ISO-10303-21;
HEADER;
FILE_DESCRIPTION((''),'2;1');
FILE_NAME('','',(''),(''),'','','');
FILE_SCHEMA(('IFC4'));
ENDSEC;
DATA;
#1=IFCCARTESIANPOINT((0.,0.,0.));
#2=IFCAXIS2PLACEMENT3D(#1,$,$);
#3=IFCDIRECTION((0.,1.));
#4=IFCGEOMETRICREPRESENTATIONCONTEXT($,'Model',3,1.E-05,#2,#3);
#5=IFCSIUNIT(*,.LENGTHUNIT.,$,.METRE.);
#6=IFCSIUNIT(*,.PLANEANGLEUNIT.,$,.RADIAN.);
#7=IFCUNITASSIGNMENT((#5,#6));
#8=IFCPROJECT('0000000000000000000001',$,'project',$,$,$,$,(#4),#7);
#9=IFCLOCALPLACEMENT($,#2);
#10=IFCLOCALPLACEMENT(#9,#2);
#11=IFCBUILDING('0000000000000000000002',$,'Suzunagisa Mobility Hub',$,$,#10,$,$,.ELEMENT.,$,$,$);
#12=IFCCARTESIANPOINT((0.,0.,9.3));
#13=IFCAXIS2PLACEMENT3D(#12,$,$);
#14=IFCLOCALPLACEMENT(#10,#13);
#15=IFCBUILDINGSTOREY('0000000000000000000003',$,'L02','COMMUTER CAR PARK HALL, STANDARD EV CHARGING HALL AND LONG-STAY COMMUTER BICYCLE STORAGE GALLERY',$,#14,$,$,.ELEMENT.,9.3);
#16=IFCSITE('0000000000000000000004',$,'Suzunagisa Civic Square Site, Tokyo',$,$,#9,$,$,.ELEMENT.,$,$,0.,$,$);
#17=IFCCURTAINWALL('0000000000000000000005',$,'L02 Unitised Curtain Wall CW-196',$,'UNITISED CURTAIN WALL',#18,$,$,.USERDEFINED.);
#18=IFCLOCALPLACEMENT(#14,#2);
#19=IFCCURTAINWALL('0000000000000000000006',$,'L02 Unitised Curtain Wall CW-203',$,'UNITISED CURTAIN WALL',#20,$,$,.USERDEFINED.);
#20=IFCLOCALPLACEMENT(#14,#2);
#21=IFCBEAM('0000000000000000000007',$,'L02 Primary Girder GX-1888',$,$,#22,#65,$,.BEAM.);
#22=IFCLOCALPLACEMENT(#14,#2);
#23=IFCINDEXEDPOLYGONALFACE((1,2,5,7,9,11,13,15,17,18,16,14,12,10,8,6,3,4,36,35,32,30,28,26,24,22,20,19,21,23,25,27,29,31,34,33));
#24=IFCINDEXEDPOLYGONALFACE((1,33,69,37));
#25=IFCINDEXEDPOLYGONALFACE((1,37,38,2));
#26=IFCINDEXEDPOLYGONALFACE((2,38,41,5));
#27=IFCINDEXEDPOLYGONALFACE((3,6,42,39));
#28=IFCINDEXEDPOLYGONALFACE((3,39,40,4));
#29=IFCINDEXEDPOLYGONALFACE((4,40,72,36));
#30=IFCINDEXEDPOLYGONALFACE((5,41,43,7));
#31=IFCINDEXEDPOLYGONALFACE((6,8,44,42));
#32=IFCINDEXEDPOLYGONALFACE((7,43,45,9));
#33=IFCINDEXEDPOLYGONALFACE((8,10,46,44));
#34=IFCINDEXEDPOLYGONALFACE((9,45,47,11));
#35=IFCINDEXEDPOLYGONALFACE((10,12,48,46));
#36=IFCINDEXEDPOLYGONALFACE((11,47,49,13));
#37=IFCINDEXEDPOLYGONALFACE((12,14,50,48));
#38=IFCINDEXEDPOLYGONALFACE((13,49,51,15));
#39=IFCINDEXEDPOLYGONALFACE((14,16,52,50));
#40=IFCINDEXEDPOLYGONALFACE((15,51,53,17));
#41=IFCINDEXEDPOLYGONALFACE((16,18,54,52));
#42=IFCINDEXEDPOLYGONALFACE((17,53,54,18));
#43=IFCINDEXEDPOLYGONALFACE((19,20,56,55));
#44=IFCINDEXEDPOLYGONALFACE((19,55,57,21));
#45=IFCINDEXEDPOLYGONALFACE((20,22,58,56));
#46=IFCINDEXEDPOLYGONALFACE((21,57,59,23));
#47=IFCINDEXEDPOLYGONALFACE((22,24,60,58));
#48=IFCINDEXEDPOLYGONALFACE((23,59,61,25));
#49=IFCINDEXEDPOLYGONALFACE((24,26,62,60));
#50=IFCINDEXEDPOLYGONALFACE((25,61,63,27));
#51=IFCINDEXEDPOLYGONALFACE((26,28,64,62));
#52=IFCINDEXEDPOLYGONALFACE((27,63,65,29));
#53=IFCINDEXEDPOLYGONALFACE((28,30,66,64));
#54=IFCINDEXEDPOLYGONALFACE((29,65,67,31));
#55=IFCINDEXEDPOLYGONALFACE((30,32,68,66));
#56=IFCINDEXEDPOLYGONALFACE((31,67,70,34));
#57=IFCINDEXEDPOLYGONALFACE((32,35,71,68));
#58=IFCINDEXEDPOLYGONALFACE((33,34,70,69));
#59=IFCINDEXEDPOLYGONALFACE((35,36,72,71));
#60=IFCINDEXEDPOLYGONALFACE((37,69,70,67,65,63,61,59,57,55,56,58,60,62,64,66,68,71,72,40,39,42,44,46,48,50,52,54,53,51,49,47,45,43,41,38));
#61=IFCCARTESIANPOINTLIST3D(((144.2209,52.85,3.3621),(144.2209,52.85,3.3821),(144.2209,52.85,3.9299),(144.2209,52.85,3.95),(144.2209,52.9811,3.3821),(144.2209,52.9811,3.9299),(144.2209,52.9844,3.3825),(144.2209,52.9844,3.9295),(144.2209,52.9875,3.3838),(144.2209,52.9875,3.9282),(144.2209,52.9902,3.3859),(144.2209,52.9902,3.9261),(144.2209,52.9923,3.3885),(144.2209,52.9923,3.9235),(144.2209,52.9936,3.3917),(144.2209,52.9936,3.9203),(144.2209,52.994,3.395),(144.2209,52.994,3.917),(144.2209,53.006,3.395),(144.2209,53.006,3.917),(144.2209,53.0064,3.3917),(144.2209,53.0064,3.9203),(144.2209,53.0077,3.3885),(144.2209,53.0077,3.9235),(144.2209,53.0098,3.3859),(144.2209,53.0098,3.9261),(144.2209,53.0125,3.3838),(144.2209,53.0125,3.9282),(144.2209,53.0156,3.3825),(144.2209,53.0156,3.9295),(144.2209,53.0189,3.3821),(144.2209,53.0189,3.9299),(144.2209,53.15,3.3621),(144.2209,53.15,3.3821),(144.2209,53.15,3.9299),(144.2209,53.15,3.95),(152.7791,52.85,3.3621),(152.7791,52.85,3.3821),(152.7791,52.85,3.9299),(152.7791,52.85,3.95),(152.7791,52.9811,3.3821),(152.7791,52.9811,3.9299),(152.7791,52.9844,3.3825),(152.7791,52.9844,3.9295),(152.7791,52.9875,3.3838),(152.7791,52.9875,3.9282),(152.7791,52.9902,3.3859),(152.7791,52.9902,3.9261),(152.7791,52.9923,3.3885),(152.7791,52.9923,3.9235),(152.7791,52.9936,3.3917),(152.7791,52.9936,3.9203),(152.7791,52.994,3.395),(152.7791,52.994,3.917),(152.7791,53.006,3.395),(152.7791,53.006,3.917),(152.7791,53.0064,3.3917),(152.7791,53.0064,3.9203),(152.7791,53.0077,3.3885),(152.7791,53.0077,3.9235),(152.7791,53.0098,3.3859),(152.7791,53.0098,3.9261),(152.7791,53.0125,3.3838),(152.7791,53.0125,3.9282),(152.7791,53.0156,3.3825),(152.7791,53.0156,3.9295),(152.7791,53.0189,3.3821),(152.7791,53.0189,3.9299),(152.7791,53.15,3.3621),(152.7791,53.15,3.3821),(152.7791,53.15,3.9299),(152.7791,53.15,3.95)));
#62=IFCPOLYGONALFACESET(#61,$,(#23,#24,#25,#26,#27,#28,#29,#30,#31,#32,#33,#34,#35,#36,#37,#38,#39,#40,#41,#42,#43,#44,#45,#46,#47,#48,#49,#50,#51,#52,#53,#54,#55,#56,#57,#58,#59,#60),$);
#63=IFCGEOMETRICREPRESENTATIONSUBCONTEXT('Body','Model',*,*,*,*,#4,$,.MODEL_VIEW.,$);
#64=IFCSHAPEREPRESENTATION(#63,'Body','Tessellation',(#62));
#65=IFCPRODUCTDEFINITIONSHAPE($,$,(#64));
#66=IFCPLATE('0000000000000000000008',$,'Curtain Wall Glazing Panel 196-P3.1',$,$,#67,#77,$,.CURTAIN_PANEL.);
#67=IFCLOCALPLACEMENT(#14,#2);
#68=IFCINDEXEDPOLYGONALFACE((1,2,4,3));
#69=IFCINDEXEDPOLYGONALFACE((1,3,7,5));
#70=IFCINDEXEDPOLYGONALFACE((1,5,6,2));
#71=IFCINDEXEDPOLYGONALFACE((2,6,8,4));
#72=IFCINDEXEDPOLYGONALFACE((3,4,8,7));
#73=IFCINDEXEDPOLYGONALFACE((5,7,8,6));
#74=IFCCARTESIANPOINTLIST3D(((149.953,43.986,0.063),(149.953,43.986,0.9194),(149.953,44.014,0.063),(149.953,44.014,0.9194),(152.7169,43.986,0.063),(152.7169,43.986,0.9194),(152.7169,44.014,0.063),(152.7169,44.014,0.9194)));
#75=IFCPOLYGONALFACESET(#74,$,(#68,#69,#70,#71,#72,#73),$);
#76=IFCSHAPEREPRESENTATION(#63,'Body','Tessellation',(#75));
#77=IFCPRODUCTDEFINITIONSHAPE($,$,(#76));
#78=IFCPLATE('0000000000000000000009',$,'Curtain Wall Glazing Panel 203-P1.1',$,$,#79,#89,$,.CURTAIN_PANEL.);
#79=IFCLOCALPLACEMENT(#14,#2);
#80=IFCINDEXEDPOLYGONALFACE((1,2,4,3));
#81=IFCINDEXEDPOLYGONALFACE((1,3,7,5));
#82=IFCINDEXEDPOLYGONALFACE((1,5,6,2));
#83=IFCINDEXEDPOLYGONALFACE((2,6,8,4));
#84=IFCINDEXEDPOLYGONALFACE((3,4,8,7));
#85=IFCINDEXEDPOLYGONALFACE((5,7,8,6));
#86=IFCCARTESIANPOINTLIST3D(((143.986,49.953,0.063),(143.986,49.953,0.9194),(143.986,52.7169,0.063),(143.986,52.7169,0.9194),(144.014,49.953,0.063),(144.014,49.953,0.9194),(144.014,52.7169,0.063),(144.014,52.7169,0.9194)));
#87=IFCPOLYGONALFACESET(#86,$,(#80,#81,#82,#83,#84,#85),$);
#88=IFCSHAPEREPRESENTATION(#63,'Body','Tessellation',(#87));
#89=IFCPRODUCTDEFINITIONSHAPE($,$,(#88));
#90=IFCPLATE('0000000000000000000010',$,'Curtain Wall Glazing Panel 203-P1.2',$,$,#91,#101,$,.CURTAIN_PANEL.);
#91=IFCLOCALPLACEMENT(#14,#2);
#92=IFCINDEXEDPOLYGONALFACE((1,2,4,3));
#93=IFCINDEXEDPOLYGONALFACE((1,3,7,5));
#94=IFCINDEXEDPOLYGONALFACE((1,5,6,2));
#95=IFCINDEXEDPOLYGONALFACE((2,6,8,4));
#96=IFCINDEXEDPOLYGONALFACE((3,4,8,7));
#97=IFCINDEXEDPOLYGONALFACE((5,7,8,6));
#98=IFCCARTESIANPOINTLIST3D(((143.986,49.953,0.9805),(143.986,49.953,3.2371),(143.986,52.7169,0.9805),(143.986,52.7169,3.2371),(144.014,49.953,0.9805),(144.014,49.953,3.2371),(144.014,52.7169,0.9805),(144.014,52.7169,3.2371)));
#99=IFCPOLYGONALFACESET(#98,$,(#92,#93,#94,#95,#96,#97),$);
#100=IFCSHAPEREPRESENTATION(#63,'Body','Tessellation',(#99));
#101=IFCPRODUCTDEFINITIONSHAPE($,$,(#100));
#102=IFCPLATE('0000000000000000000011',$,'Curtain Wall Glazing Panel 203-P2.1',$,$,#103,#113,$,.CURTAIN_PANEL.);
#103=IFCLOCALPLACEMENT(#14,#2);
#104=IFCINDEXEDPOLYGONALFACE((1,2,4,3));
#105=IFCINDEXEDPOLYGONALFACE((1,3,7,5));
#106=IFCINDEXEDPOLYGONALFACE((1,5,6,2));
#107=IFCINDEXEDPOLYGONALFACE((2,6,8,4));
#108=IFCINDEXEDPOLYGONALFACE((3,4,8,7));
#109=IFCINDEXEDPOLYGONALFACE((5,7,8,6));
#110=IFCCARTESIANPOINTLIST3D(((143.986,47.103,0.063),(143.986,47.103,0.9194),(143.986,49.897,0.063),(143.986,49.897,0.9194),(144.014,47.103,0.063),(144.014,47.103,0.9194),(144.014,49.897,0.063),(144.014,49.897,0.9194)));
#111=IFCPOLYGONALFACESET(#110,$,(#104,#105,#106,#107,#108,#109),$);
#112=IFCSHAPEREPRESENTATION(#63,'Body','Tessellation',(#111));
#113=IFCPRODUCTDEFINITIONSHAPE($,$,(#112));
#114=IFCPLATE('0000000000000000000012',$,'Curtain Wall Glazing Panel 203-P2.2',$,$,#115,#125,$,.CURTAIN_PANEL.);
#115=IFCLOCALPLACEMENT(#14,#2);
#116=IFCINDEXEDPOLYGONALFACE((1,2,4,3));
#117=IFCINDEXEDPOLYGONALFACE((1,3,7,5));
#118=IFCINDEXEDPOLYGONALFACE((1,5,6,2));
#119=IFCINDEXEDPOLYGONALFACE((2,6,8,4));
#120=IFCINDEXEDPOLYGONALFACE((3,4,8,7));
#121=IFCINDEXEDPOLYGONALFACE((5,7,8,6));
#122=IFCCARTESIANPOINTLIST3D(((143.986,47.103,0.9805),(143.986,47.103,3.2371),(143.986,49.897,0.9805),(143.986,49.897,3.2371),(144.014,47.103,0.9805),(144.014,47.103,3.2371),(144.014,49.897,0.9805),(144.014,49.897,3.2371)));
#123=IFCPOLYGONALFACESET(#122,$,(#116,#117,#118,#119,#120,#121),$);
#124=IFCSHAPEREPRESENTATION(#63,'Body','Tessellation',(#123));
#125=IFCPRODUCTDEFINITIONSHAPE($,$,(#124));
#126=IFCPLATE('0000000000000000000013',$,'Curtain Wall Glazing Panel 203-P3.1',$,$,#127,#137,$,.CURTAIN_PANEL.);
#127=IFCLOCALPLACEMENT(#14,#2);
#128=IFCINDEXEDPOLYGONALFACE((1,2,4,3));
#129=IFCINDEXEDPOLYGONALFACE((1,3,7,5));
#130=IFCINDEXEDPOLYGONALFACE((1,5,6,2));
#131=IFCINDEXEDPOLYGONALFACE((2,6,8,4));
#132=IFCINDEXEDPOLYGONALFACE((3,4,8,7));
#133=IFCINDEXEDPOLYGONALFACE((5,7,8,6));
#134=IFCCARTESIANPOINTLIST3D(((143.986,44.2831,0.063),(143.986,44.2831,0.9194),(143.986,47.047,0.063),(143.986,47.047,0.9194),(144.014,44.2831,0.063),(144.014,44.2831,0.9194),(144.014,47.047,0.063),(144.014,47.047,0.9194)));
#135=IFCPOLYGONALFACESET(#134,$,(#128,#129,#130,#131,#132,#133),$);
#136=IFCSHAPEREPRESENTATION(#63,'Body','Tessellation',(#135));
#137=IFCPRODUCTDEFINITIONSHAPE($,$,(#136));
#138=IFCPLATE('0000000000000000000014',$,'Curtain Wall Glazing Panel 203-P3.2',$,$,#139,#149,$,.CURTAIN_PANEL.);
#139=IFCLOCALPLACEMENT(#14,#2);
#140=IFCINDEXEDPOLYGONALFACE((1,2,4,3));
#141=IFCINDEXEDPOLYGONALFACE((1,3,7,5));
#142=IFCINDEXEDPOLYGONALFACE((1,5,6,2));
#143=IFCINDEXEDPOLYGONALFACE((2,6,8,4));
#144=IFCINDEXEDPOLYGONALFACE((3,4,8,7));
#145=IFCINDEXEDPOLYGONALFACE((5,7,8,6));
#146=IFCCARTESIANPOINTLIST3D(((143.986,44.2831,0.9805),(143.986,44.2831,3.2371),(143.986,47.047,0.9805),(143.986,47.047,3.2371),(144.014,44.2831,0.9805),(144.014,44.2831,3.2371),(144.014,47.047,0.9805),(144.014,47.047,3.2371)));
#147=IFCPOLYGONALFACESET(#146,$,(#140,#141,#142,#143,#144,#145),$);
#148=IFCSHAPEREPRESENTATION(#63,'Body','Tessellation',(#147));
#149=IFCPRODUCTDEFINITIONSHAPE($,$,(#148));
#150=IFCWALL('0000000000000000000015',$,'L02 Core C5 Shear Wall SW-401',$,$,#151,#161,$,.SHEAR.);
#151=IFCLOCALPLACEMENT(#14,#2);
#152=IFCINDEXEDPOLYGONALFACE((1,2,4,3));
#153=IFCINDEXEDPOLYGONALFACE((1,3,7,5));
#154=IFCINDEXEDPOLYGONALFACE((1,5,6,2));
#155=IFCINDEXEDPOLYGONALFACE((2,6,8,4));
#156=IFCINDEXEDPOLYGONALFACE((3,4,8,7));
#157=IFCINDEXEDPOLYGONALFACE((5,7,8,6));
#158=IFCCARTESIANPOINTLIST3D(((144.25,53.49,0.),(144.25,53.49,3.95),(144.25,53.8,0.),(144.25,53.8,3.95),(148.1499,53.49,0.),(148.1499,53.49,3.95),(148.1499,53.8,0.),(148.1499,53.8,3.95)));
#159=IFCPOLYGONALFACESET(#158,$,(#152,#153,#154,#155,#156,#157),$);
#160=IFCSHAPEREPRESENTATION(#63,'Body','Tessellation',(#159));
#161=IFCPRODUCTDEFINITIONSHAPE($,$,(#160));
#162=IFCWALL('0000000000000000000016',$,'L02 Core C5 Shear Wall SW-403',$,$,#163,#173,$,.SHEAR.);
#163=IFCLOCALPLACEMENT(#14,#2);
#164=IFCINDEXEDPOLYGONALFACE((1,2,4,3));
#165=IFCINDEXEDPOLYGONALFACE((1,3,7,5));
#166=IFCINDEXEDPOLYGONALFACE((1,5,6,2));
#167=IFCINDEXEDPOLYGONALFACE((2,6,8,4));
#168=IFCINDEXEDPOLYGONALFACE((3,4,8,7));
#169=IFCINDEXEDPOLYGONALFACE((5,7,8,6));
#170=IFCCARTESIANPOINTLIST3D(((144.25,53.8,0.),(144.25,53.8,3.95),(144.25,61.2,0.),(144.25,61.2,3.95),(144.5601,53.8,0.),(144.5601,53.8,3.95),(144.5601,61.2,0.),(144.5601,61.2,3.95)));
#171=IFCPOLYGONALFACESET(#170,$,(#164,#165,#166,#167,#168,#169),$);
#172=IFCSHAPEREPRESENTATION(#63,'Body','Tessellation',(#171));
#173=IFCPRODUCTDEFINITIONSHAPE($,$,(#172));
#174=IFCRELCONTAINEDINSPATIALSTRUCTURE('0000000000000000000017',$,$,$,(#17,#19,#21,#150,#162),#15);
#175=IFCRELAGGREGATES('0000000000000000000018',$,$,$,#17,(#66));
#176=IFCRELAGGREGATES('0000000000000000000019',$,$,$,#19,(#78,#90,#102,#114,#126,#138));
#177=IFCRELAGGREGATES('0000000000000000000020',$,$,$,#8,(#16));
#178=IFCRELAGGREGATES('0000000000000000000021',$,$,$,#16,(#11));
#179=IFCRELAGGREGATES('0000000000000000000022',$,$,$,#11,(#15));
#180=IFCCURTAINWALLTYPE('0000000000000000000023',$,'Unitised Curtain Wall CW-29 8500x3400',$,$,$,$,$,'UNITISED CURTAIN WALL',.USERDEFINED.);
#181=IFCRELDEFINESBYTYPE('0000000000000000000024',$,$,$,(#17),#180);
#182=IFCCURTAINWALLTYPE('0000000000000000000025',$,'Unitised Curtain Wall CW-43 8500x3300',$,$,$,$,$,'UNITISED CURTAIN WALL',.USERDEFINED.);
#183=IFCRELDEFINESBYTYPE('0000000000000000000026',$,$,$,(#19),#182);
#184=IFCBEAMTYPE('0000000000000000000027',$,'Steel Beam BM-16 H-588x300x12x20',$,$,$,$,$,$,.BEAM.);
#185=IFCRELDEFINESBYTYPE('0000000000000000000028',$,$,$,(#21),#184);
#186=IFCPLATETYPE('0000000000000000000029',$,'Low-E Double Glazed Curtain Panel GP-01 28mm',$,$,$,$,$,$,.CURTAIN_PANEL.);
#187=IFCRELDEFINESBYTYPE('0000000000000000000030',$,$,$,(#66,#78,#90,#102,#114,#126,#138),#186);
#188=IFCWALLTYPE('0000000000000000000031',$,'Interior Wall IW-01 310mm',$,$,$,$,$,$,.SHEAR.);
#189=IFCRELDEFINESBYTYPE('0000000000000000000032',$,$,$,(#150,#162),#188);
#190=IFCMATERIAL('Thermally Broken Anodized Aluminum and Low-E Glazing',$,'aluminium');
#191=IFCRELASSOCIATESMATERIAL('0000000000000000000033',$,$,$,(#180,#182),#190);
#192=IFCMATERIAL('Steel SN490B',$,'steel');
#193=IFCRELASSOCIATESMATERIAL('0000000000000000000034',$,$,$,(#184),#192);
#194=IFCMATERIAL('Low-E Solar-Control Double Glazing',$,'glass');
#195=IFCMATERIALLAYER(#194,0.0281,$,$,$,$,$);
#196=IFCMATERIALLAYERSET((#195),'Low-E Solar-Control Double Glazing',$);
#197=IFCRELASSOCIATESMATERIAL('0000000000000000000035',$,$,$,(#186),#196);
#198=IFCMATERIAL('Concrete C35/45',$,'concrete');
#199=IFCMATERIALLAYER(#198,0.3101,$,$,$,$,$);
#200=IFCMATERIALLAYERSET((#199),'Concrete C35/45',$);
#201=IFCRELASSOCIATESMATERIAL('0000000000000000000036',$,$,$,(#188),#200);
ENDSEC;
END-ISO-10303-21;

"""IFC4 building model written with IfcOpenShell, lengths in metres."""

from ifc_helpers import new_model, si_unit, direction, frame, frame_2d, origin, origin_2d, place, context, subcontext, project, spatial, rectangle, i_section, extrude, material, layer, layer_set, material_profile, profile_set, type_object, element, aggregate, save


model = new_model("IFC4")

# Units and contexts
model_context = context("Model", 3, precision=1e-05, world=origin(), true_north=direction((0.0, 1.0)))
body_context = subcontext(model_context, "Body", "Model", "MODEL_VIEW")
ifc_project = project(units=[si_unit("LENGTHUNIT", "METRE"), si_unit("PLANEANGLEUNIT", "RADIAN")], contexts=[model_context])

# Site, building, storey
site_placement = place(None, origin())
site = spatial("IfcSite", under=ifc_project, at=site_placement, Name="Suzunagisa Civic Square Site, Tokyo", CompositionType="ELEMENT", RefElevation=0.0)
building_placement = place(site_placement, origin())
building = spatial("IfcBuilding", under=site, at=building_placement, Name="Suzunagisa Mobility Hub", CompositionType="ELEMENT")
storey_placement = place(building_placement, frame((0.0, 0.0, 9.3)))
storey = spatial("IfcBuildingStorey", under=building, at=storey_placement, Name="L02", Description="COMMUTER CAR PARK HALL, STANDARD EV CHARGING HALL AND LONG-STAY COMMUTER BICYCLE STORAGE GALLERY", CompositionType="ELEMENT", Elevation=9.3)

# Shared definitions
ifc_material_1 = material(Name="Steel SN490B", Category="steel")

# Curtain walls
ifc_material_2 = material(Name="Thermally Broken Anodized Aluminum and Low-E Glazing", Category="aluminium")
curtain_wall_type_1 = type_object("IfcCurtainWallType", Name="Unitised Curtain Wall CW-29 8500x3400", ElementType="UNITISED CURTAIN WALL", PredefinedType="USERDEFINED", material=ifc_material_2)
curtain_wall_1_placement = place(storey_placement, origin())
curtain_wall_1 = element("IfcCurtainWall", 1, at=curtain_wall_1_placement, inside=storey, type_object=curtain_wall_type_1, Name="L02 Unitised Curtain Wall CW-196", ObjectType="UNITISED CURTAIN WALL", PredefinedType="USERDEFINED")
curtain_wall_type_2 = type_object("IfcCurtainWallType", Name="Unitised Curtain Wall CW-43 8500x3300", ElementType="UNITISED CURTAIN WALL", PredefinedType="USERDEFINED", material=ifc_material_2)
curtain_wall_2_placement = place(storey_placement, origin())
curtain_wall_2 = element("IfcCurtainWall", 2, at=curtain_wall_2_placement, inside=storey, type_object=curtain_wall_type_2, Name="L02 Unitised Curtain Wall CW-203", ObjectType="UNITISED CURTAIN WALL", PredefinedType="USERDEFINED")

# Beam
ifc_material_profile_1 = material_profile(ifc_material_1, i_section(OverallWidth=0.3, OverallDepth=0.5879, WebThickness=0.012, FlangeThickness=0.02, FilletRadius=0.0129, at=origin_2d()), Name="H-588x300x12x20")
ifc_profile_set_1 = profile_set([ifc_material_profile_1], Name="Steel SN490B")
beam_type_1 = type_object("IfcBeamType", Name="Steel Beam BM-16 H-588x300x12x20", PredefinedType="BEAM", material=ifc_profile_set_1)
beam_1_placement = place(storey_placement, frame((144.2209, 53.0, 3.656), z_axis=(1.0, 0.0, 0.0), x_axis=(0.0, 1.0, 0.0)))
element("IfcBeam", 3, at=beam_1_placement, inside=storey, type_object=beam_type_1, Name="L02 Primary Girder GX-1888", PredefinedType="BEAM", context=body_context, shape_type="SweptSolid", body=[
    extrude(i_section(OverallWidth=0.3, OverallDepth=0.5879, WebThickness=0.012, FlangeThickness=0.02, FilletRadius=0.0129, at=origin_2d()), origin(), (0.0, 0.0, 1.0), 8.5581),
])

# Plates
ifc_material_3 = material(Name="Low-E Solar-Control Double Glazing", Category="glass")
ifc_layer_1 = layer(ifc_material_3, 0.0281)
ifc_layer_set_1 = layer_set([ifc_layer_1], Name="Low-E Solar-Control Double Glazing")
plate_type = type_object("IfcPlateType", Name="Low-E Double Glazed Curtain Panel GP-01 28mm", PredefinedType="CURTAIN_PANEL", material=ifc_layer_set_1)
plate_1_placement = place(storey_placement, frame((151.335, 44.0, 0.063), z_axis=(0.0, 0.0, 1.0), x_axis=(1.0, 0.0, 0.0)))
plate_1 = element("IfcPlate", 4, at=plate_1_placement, type_object=plate_type, Name="Curtain Wall Glazing Panel 196-P3.1", PredefinedType="CURTAIN_PANEL", context=body_context, shape_type="SweptSolid", body=[
    extrude(rectangle(XDim=2.7639, YDim=0.0281, at=origin_2d()), origin(), (0.0, 0.0, 1.0), 0.8564),
])
aggregate(curtain_wall_1, [plate_1])
plate_2_placement = place(storey_placement, frame((144.0, 51.335, 0.063), z_axis=(0.0, 0.0, 1.0), x_axis=(0.0, -1.0, 0.0)))
plate_2 = element("IfcPlate", 5, at=plate_2_placement, type_object=plate_type, Name="Curtain Wall Glazing Panel 203-P1.1", PredefinedType="CURTAIN_PANEL", context=body_context, shape_type="SweptSolid", body=[
    extrude(rectangle(XDim=2.7639, YDim=0.0281, at=origin_2d()), origin(), (0.0, 0.0, 1.0), 0.8564),
])
plate_3_placement = place(storey_placement, frame((144.0, 51.335, 0.9805), z_axis=(0.0, 0.0, 1.0), x_axis=(0.0, -1.0, 0.0)))
plate_3 = element("IfcPlate", 6, at=plate_3_placement, type_object=plate_type, Name="Curtain Wall Glazing Panel 203-P1.2", PredefinedType="CURTAIN_PANEL", context=body_context, shape_type="SweptSolid", body=[
    extrude(rectangle(XDim=2.7639, YDim=0.0281, at=origin_2d()), origin(), (0.0, 0.0, 1.0), 2.2566),
])
plate_4_placement = place(storey_placement, frame((144.0, 48.5, 0.063), z_axis=(0.0, 0.0, 1.0), x_axis=(0.0, -1.0, 0.0)))
plate_4 = element("IfcPlate", 7, at=plate_4_placement, type_object=plate_type, Name="Curtain Wall Glazing Panel 203-P2.1", PredefinedType="CURTAIN_PANEL", context=body_context, shape_type="SweptSolid", body=[
    extrude(rectangle(XDim=2.7939, YDim=0.0281, at=origin_2d()), origin(), (0.0, 0.0, 1.0), 0.8564),
])
plate_5_placement = place(storey_placement, frame((144.0, 48.5, 0.9805), z_axis=(0.0, 0.0, 1.0), x_axis=(0.0, -1.0, 0.0)))
plate_5 = element("IfcPlate", 8, at=plate_5_placement, type_object=plate_type, Name="Curtain Wall Glazing Panel 203-P2.2", PredefinedType="CURTAIN_PANEL", context=body_context, shape_type="SweptSolid", body=[
    extrude(rectangle(XDim=2.7939, YDim=0.0281, at=origin_2d()), origin(), (0.0, 0.0, 1.0), 2.2566),
])
plate_6_placement = place(storey_placement, frame((144.0, 45.665, 0.063), z_axis=(0.0, 0.0, 1.0), x_axis=(0.0, -1.0, 0.0)))
plate_6 = element("IfcPlate", 9, at=plate_6_placement, type_object=plate_type, Name="Curtain Wall Glazing Panel 203-P3.1", PredefinedType="CURTAIN_PANEL", context=body_context, shape_type="SweptSolid", body=[
    extrude(rectangle(XDim=2.7639, YDim=0.0281, at=origin_2d()), origin(), (0.0, 0.0, 1.0), 0.8564),
])
plate_7_placement = place(storey_placement, frame((144.0, 45.665, 0.9805), z_axis=(0.0, 0.0, 1.0), x_axis=(0.0, -1.0, 0.0)))
plate_7 = element("IfcPlate", 10, at=plate_7_placement, type_object=plate_type, Name="Curtain Wall Glazing Panel 203-P3.2", PredefinedType="CURTAIN_PANEL", context=body_context, shape_type="SweptSolid", body=[
    extrude(rectangle(XDim=2.7639, YDim=0.0281, at=origin_2d()), origin(), (0.0, 0.0, 1.0), 2.2566),
])
aggregate(curtain_wall_2, [plate_2, plate_3, plate_4, plate_5, plate_6, plate_7])

# Walls
ifc_material_4 = material(Name="Concrete C35/45", Category="concrete")
ifc_layer_2 = layer(ifc_material_4, 0.3101)
ifc_layer_set_2 = layer_set([ifc_layer_2], Name="Concrete C35/45")
wall_type = type_object("IfcWallType", Name="Interior Wall IW-01 310mm", PredefinedType="SHEAR", material=ifc_layer_set_2)
wall_1_placement = place(storey_placement, frame((144.25, 53.645, 0.0), z_axis=(0.0, 0.0, 1.0), x_axis=(1.0, 0.0, 0.0)))
element("IfcWall", 11, at=wall_1_placement, inside=storey, type_object=wall_type, Name="L02 Core C5 Shear Wall SW-401", PredefinedType="SHEAR", context=body_context, shape_type="SweptSolid", body=[
    extrude(rectangle(XDim=3.8999, YDim=0.3101, at=frame_2d((1.95, 0.0))), origin(), (0.0, 0.0, 1.0), 3.95),
])
wall_2_placement = place(storey_placement, frame((144.405, 53.8, 0.0), z_axis=(0.0, 0.0, 1.0), x_axis=(0.0, 1.0, 0.0)))
element("IfcWall", 12, at=wall_2_placement, inside=storey, type_object=wall_type, Name="L02 Core C5 Shear Wall SW-403", PredefinedType="SHEAR", context=body_context, shape_type="SweptSolid", body=[
    extrude(rectangle(XDim=7.3999, YDim=0.3101, at=frame_2d((3.7, 0.0))), origin(), (0.0, 0.0, 1.0), 3.95),
])

save(model, "model.ifc")
